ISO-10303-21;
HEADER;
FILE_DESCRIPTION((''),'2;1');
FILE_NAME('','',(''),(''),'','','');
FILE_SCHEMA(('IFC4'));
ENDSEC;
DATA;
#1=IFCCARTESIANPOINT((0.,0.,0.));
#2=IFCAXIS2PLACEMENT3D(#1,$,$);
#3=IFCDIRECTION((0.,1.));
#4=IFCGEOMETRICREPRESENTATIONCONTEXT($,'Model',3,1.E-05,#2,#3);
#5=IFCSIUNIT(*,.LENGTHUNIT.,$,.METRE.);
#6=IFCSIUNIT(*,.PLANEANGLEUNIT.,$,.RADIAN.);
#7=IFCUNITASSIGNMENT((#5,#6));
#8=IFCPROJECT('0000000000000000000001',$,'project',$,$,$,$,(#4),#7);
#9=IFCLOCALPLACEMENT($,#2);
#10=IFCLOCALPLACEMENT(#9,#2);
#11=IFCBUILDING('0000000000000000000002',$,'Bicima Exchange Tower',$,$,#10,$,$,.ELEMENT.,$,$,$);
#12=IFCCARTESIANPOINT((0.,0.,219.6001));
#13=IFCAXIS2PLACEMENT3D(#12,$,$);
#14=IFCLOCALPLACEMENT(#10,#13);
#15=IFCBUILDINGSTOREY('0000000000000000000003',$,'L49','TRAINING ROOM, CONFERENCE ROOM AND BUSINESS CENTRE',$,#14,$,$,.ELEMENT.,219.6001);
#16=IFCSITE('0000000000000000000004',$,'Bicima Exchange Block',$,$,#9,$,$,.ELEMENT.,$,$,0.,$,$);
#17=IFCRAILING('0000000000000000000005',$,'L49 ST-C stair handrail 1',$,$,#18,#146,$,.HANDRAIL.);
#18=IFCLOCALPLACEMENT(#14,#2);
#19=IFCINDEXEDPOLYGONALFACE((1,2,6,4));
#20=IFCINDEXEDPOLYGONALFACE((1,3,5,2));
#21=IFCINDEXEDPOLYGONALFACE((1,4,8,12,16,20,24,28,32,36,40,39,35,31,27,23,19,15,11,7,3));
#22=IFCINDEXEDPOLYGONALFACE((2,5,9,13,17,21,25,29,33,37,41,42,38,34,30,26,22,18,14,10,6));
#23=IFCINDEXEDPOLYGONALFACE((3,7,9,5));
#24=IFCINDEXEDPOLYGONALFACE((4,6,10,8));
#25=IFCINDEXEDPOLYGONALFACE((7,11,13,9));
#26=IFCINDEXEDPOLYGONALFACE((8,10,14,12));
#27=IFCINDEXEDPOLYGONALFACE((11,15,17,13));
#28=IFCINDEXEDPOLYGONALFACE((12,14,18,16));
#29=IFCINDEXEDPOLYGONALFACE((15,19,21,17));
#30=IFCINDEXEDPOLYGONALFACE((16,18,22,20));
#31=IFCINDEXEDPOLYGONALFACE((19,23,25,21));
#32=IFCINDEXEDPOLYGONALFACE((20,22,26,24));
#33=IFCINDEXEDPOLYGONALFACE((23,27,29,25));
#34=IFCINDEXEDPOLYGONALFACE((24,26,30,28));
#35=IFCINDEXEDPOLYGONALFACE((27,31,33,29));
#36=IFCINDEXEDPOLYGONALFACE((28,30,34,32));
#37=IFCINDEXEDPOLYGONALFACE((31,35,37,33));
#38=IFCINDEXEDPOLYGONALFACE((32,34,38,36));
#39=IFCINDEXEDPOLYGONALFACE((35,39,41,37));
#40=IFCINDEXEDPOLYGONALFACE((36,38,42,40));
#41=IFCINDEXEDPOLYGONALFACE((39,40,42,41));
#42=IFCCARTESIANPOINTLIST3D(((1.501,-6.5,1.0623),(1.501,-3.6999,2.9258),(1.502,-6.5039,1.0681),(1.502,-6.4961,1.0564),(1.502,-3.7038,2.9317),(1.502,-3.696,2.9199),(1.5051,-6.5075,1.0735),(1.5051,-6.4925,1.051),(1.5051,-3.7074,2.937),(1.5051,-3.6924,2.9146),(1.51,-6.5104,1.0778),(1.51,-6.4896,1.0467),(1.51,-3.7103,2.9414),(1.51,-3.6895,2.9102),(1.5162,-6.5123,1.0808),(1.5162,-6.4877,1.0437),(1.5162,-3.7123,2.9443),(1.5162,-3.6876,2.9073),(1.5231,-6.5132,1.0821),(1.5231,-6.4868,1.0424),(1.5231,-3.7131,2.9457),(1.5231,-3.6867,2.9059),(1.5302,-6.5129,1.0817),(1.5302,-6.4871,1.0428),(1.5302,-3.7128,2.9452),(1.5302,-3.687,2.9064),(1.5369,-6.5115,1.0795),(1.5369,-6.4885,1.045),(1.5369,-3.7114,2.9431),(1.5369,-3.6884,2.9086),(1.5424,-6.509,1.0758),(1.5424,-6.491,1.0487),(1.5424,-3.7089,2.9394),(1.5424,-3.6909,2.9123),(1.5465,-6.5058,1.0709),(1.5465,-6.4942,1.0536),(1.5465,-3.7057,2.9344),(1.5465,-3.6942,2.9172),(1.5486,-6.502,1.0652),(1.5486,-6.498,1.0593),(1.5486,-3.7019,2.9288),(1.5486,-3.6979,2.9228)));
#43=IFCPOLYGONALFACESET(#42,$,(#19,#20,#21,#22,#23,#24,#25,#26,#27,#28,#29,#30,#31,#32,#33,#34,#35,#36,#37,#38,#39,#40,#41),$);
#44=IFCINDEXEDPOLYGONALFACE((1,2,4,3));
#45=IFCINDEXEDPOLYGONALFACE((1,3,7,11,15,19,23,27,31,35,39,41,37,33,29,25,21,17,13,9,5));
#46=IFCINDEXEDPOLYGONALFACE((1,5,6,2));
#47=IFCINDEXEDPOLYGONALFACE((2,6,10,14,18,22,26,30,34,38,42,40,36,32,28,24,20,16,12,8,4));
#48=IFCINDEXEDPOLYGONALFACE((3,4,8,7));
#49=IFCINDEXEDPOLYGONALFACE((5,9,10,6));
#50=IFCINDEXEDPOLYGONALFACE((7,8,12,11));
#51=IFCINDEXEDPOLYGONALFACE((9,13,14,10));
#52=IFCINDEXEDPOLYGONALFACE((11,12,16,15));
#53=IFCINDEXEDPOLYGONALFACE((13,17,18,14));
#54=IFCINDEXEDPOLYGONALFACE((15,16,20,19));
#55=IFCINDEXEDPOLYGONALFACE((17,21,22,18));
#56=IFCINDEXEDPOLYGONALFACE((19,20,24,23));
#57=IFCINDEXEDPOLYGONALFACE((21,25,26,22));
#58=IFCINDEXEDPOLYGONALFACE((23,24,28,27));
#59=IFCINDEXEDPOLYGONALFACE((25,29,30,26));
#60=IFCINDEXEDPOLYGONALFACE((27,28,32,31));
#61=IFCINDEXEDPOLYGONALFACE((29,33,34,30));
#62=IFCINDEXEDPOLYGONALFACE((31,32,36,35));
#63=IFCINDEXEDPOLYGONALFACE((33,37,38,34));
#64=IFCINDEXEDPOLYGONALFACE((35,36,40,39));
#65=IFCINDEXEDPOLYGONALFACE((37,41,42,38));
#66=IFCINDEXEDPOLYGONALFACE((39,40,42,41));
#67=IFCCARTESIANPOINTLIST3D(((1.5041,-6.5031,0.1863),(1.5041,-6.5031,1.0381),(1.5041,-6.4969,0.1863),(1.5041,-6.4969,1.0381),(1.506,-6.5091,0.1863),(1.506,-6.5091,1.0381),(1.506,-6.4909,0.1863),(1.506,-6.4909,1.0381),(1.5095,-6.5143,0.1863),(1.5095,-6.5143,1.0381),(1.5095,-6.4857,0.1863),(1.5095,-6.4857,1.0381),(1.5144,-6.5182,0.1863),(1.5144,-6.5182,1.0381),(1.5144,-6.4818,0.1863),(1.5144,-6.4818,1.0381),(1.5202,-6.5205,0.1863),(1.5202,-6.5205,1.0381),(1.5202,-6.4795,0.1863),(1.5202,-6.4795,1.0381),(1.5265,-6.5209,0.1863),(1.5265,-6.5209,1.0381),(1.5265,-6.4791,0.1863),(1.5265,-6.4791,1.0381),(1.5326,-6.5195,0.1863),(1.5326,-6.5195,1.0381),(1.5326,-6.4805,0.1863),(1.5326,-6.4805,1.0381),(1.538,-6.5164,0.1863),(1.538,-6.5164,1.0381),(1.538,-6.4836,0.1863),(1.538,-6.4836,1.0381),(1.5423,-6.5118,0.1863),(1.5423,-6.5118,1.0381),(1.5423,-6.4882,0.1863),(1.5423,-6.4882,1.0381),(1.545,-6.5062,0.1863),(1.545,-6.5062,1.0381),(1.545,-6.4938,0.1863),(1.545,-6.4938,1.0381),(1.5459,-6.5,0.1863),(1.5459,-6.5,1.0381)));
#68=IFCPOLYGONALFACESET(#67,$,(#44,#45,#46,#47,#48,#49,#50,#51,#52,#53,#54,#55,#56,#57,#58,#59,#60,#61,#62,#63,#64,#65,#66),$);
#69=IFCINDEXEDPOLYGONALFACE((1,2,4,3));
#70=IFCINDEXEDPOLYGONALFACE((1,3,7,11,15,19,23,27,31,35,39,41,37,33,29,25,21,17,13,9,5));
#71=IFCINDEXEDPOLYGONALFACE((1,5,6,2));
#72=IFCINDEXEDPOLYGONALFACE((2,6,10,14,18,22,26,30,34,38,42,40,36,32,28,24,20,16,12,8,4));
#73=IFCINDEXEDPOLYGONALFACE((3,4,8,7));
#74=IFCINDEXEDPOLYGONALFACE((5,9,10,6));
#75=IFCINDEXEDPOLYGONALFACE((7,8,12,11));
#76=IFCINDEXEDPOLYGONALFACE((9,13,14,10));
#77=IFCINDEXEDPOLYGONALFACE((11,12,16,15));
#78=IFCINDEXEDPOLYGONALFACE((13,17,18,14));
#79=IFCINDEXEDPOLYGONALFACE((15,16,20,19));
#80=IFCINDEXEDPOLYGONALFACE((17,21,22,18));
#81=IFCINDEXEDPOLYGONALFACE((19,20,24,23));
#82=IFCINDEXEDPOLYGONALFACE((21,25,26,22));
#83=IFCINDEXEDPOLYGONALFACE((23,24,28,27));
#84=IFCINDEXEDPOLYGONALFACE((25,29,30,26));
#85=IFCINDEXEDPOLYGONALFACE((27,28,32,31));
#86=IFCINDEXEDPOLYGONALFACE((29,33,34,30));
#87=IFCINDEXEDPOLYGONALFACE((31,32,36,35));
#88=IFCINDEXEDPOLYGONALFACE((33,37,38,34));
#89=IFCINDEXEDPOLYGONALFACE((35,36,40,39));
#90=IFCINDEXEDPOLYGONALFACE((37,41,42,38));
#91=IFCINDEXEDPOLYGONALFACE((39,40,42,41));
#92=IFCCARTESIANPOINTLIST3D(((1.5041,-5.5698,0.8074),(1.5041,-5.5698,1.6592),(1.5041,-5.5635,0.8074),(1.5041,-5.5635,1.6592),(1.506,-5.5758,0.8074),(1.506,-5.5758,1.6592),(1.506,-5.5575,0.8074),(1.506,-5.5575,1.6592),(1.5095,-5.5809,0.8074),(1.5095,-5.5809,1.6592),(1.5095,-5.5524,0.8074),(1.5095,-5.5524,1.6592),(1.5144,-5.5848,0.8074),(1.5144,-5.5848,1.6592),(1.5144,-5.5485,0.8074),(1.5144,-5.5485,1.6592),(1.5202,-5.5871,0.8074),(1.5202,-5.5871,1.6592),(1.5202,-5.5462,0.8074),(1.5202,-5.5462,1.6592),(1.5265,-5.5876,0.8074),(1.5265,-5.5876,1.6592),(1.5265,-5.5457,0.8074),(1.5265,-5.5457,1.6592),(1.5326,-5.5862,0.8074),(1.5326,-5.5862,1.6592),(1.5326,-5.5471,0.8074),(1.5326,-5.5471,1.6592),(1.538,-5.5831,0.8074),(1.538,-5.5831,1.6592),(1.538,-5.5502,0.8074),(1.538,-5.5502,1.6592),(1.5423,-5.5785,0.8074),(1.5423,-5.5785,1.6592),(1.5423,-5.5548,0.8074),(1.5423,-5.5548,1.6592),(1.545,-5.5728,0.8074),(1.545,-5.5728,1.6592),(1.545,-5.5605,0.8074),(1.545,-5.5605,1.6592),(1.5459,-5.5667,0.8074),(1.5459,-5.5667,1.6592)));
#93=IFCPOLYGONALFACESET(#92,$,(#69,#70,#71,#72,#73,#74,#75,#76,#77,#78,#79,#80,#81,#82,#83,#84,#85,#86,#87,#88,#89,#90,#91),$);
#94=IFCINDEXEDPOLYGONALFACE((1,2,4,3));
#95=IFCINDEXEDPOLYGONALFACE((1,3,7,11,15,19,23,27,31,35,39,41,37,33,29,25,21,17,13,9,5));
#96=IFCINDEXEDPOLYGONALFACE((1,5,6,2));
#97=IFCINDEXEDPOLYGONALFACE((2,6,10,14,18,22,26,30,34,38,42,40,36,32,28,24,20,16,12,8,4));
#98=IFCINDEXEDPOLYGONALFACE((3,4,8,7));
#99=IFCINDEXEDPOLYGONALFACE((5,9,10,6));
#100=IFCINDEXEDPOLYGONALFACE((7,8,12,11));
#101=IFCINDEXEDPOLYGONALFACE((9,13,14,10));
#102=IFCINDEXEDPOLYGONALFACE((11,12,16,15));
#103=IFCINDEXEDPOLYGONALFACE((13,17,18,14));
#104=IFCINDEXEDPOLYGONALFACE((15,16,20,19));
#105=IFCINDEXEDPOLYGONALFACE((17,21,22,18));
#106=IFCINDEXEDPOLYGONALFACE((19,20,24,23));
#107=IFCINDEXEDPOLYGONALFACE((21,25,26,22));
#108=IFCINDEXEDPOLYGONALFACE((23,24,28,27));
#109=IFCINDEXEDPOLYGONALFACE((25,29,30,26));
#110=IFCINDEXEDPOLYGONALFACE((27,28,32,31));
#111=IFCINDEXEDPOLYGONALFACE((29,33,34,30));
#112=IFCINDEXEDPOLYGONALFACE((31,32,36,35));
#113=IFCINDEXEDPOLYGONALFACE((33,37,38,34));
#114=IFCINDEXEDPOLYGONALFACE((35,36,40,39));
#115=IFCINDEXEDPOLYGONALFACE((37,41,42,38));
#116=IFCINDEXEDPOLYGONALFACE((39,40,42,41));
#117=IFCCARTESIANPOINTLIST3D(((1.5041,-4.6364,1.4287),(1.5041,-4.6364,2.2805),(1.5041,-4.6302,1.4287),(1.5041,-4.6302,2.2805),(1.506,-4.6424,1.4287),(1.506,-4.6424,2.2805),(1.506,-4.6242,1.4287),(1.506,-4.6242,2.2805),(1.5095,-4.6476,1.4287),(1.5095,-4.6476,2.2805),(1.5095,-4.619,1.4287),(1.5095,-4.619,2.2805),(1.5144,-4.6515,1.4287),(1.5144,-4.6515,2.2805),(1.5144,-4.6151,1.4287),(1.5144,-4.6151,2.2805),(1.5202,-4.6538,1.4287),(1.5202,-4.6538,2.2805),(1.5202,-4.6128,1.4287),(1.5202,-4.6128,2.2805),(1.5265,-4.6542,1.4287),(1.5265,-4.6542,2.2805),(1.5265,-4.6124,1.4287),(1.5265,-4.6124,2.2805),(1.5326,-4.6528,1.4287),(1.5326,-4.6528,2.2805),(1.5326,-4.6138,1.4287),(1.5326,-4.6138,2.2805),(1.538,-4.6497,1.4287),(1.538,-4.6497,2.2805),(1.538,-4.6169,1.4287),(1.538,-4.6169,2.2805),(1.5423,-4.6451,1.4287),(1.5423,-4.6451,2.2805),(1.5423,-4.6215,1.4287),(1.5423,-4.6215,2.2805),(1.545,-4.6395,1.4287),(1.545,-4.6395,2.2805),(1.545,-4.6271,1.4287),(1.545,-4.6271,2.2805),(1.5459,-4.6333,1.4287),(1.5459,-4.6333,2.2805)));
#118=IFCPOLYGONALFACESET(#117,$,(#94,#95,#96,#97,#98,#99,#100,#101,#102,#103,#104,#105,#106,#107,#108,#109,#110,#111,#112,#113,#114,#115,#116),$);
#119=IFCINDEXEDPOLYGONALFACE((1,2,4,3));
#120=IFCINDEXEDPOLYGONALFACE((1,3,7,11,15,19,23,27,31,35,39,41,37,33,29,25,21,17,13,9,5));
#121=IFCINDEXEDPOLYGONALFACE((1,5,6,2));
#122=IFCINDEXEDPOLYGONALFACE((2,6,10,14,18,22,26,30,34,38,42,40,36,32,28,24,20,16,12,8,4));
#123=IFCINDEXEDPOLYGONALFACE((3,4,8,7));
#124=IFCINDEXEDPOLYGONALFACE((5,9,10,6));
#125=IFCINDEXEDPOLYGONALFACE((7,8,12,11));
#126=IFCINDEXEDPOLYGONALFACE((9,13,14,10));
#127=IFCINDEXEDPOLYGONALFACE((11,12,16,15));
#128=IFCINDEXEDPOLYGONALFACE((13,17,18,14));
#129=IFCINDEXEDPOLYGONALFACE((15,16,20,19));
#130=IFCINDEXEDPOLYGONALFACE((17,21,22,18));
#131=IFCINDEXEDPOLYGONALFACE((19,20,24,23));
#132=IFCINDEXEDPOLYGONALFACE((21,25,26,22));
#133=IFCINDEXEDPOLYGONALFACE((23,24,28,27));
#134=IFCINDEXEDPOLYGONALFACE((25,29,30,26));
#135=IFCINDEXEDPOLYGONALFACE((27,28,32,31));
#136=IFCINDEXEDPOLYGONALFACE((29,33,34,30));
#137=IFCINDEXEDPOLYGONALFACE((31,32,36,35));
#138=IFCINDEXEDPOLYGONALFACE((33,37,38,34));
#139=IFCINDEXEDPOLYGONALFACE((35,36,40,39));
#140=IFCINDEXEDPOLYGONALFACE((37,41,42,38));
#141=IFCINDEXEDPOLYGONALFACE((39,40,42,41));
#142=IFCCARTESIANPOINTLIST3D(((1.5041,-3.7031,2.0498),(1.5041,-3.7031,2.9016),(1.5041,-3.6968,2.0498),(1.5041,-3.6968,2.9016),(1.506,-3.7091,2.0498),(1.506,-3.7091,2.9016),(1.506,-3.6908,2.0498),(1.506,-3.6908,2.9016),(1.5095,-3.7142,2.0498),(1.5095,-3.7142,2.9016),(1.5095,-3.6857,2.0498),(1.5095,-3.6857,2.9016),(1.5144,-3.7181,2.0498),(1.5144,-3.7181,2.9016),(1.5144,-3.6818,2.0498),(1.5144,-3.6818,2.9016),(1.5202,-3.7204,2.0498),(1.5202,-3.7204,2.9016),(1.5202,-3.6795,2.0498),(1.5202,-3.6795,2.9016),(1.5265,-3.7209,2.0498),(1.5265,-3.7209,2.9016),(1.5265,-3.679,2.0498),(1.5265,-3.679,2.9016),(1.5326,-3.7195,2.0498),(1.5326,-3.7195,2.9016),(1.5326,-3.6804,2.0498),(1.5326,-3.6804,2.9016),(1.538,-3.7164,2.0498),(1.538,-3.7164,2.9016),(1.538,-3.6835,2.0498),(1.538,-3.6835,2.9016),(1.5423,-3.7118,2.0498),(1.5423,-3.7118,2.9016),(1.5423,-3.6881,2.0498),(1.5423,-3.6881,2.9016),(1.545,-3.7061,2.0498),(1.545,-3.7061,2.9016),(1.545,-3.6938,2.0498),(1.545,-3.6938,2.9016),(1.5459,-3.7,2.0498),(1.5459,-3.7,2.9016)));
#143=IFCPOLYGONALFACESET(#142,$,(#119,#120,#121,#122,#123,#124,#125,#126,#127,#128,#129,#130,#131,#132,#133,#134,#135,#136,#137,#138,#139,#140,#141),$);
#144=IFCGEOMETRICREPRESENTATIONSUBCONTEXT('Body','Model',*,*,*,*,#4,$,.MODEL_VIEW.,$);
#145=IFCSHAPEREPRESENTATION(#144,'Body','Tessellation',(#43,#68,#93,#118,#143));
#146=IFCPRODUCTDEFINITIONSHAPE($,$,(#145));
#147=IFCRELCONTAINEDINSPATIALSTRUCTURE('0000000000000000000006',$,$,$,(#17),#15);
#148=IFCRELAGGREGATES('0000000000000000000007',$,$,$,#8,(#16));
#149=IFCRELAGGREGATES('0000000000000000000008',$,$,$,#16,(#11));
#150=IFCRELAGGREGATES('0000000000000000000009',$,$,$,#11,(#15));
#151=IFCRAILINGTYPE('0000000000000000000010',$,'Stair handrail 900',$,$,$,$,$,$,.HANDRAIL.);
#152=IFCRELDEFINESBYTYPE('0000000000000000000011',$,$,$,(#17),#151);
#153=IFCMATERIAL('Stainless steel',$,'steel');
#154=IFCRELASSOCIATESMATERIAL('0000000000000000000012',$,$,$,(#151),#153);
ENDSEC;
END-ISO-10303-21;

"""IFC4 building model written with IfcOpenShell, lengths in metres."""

from ifc_helpers import new_model, si_unit, direction, frame, origin, origin_2d, place, context, subcontext, project, spatial, circle, extrude, material, type_object, element, save


model = new_model("IFC4")

# Units and contexts
model_context = context("Model", 3, precision=1e-05, world=origin(), true_north=direction((0.0, 1.0)))
body_context = subcontext(model_context, "Body", "Model", "MODEL_VIEW")
ifc_project = project(units=[si_unit("LENGTHUNIT", "METRE"), si_unit("PLANEANGLEUNIT", "RADIAN")], contexts=[model_context])

# Site, building, storey
site_placement = place(None, origin())
site = spatial("IfcSite", under=ifc_project, at=site_placement, Name="Bicima Exchange Block", CompositionType="ELEMENT", RefElevation=0.0)
building_placement = place(site_placement, origin())
building = spatial("IfcBuilding", under=site, at=building_placement, Name="Bicima Exchange Tower", CompositionType="ELEMENT")
storey_placement = place(building_placement, frame((0.0, 0.0, 219.6001)))
storey = spatial("IfcBuildingStorey", under=building, at=storey_placement, Name="L49", Description="TRAINING ROOM, CONFERENCE ROOM AND BUSINESS CENTRE", CompositionType="ELEMENT", Elevation=219.6001)

# Shared definitions
ifc_material_1 = material(Name="Stainless steel", Category="steel")

# Railing
railing_type_1 = type_object("IfcRailingType", Name="Stair handrail 900", PredefinedType="HANDRAIL", material=ifc_material_1)
railing_1_placement = place(storey_placement, frame((1.5249, -6.5, 0.1863)))
element("IfcRailing", 1, at=railing_1_placement, inside=storey, type_object=railing_type_1, Name="L49 ST-C stair handrail 1", PredefinedType="HANDRAIL", context=body_context, shape_type="SweptSolid", body=[
    extrude(circle(Radius=0.0239, at=origin_2d()), frame((0.0, 0.0, 0.876), z_axis=(0.0, 0.832486, 0.554047), x_axis=(-1.0, 0.0, 0.0)), (0.0, 0.0, 1.0), 3.3635),
    extrude(circle(Radius=0.021, at=origin_2d()), origin(), (0.0, 0.0, 1.0), 0.8518),
    extrude(circle(Radius=0.021, at=origin_2d()), frame((0.0, 0.9333, 0.6211)), (0.0, 0.0, 1.0), 0.8518),
    extrude(circle(Radius=0.021, at=origin_2d()), frame((0.0, 1.8667, 1.2424)), (0.0, 0.0, 1.0), 0.8518),
    extrude(circle(Radius=0.021, at=origin_2d()), frame((0.0, 2.8, 1.8635)), (0.0, 0.0, 1.0), 0.8518),
])

save(model, "model.ifc")
